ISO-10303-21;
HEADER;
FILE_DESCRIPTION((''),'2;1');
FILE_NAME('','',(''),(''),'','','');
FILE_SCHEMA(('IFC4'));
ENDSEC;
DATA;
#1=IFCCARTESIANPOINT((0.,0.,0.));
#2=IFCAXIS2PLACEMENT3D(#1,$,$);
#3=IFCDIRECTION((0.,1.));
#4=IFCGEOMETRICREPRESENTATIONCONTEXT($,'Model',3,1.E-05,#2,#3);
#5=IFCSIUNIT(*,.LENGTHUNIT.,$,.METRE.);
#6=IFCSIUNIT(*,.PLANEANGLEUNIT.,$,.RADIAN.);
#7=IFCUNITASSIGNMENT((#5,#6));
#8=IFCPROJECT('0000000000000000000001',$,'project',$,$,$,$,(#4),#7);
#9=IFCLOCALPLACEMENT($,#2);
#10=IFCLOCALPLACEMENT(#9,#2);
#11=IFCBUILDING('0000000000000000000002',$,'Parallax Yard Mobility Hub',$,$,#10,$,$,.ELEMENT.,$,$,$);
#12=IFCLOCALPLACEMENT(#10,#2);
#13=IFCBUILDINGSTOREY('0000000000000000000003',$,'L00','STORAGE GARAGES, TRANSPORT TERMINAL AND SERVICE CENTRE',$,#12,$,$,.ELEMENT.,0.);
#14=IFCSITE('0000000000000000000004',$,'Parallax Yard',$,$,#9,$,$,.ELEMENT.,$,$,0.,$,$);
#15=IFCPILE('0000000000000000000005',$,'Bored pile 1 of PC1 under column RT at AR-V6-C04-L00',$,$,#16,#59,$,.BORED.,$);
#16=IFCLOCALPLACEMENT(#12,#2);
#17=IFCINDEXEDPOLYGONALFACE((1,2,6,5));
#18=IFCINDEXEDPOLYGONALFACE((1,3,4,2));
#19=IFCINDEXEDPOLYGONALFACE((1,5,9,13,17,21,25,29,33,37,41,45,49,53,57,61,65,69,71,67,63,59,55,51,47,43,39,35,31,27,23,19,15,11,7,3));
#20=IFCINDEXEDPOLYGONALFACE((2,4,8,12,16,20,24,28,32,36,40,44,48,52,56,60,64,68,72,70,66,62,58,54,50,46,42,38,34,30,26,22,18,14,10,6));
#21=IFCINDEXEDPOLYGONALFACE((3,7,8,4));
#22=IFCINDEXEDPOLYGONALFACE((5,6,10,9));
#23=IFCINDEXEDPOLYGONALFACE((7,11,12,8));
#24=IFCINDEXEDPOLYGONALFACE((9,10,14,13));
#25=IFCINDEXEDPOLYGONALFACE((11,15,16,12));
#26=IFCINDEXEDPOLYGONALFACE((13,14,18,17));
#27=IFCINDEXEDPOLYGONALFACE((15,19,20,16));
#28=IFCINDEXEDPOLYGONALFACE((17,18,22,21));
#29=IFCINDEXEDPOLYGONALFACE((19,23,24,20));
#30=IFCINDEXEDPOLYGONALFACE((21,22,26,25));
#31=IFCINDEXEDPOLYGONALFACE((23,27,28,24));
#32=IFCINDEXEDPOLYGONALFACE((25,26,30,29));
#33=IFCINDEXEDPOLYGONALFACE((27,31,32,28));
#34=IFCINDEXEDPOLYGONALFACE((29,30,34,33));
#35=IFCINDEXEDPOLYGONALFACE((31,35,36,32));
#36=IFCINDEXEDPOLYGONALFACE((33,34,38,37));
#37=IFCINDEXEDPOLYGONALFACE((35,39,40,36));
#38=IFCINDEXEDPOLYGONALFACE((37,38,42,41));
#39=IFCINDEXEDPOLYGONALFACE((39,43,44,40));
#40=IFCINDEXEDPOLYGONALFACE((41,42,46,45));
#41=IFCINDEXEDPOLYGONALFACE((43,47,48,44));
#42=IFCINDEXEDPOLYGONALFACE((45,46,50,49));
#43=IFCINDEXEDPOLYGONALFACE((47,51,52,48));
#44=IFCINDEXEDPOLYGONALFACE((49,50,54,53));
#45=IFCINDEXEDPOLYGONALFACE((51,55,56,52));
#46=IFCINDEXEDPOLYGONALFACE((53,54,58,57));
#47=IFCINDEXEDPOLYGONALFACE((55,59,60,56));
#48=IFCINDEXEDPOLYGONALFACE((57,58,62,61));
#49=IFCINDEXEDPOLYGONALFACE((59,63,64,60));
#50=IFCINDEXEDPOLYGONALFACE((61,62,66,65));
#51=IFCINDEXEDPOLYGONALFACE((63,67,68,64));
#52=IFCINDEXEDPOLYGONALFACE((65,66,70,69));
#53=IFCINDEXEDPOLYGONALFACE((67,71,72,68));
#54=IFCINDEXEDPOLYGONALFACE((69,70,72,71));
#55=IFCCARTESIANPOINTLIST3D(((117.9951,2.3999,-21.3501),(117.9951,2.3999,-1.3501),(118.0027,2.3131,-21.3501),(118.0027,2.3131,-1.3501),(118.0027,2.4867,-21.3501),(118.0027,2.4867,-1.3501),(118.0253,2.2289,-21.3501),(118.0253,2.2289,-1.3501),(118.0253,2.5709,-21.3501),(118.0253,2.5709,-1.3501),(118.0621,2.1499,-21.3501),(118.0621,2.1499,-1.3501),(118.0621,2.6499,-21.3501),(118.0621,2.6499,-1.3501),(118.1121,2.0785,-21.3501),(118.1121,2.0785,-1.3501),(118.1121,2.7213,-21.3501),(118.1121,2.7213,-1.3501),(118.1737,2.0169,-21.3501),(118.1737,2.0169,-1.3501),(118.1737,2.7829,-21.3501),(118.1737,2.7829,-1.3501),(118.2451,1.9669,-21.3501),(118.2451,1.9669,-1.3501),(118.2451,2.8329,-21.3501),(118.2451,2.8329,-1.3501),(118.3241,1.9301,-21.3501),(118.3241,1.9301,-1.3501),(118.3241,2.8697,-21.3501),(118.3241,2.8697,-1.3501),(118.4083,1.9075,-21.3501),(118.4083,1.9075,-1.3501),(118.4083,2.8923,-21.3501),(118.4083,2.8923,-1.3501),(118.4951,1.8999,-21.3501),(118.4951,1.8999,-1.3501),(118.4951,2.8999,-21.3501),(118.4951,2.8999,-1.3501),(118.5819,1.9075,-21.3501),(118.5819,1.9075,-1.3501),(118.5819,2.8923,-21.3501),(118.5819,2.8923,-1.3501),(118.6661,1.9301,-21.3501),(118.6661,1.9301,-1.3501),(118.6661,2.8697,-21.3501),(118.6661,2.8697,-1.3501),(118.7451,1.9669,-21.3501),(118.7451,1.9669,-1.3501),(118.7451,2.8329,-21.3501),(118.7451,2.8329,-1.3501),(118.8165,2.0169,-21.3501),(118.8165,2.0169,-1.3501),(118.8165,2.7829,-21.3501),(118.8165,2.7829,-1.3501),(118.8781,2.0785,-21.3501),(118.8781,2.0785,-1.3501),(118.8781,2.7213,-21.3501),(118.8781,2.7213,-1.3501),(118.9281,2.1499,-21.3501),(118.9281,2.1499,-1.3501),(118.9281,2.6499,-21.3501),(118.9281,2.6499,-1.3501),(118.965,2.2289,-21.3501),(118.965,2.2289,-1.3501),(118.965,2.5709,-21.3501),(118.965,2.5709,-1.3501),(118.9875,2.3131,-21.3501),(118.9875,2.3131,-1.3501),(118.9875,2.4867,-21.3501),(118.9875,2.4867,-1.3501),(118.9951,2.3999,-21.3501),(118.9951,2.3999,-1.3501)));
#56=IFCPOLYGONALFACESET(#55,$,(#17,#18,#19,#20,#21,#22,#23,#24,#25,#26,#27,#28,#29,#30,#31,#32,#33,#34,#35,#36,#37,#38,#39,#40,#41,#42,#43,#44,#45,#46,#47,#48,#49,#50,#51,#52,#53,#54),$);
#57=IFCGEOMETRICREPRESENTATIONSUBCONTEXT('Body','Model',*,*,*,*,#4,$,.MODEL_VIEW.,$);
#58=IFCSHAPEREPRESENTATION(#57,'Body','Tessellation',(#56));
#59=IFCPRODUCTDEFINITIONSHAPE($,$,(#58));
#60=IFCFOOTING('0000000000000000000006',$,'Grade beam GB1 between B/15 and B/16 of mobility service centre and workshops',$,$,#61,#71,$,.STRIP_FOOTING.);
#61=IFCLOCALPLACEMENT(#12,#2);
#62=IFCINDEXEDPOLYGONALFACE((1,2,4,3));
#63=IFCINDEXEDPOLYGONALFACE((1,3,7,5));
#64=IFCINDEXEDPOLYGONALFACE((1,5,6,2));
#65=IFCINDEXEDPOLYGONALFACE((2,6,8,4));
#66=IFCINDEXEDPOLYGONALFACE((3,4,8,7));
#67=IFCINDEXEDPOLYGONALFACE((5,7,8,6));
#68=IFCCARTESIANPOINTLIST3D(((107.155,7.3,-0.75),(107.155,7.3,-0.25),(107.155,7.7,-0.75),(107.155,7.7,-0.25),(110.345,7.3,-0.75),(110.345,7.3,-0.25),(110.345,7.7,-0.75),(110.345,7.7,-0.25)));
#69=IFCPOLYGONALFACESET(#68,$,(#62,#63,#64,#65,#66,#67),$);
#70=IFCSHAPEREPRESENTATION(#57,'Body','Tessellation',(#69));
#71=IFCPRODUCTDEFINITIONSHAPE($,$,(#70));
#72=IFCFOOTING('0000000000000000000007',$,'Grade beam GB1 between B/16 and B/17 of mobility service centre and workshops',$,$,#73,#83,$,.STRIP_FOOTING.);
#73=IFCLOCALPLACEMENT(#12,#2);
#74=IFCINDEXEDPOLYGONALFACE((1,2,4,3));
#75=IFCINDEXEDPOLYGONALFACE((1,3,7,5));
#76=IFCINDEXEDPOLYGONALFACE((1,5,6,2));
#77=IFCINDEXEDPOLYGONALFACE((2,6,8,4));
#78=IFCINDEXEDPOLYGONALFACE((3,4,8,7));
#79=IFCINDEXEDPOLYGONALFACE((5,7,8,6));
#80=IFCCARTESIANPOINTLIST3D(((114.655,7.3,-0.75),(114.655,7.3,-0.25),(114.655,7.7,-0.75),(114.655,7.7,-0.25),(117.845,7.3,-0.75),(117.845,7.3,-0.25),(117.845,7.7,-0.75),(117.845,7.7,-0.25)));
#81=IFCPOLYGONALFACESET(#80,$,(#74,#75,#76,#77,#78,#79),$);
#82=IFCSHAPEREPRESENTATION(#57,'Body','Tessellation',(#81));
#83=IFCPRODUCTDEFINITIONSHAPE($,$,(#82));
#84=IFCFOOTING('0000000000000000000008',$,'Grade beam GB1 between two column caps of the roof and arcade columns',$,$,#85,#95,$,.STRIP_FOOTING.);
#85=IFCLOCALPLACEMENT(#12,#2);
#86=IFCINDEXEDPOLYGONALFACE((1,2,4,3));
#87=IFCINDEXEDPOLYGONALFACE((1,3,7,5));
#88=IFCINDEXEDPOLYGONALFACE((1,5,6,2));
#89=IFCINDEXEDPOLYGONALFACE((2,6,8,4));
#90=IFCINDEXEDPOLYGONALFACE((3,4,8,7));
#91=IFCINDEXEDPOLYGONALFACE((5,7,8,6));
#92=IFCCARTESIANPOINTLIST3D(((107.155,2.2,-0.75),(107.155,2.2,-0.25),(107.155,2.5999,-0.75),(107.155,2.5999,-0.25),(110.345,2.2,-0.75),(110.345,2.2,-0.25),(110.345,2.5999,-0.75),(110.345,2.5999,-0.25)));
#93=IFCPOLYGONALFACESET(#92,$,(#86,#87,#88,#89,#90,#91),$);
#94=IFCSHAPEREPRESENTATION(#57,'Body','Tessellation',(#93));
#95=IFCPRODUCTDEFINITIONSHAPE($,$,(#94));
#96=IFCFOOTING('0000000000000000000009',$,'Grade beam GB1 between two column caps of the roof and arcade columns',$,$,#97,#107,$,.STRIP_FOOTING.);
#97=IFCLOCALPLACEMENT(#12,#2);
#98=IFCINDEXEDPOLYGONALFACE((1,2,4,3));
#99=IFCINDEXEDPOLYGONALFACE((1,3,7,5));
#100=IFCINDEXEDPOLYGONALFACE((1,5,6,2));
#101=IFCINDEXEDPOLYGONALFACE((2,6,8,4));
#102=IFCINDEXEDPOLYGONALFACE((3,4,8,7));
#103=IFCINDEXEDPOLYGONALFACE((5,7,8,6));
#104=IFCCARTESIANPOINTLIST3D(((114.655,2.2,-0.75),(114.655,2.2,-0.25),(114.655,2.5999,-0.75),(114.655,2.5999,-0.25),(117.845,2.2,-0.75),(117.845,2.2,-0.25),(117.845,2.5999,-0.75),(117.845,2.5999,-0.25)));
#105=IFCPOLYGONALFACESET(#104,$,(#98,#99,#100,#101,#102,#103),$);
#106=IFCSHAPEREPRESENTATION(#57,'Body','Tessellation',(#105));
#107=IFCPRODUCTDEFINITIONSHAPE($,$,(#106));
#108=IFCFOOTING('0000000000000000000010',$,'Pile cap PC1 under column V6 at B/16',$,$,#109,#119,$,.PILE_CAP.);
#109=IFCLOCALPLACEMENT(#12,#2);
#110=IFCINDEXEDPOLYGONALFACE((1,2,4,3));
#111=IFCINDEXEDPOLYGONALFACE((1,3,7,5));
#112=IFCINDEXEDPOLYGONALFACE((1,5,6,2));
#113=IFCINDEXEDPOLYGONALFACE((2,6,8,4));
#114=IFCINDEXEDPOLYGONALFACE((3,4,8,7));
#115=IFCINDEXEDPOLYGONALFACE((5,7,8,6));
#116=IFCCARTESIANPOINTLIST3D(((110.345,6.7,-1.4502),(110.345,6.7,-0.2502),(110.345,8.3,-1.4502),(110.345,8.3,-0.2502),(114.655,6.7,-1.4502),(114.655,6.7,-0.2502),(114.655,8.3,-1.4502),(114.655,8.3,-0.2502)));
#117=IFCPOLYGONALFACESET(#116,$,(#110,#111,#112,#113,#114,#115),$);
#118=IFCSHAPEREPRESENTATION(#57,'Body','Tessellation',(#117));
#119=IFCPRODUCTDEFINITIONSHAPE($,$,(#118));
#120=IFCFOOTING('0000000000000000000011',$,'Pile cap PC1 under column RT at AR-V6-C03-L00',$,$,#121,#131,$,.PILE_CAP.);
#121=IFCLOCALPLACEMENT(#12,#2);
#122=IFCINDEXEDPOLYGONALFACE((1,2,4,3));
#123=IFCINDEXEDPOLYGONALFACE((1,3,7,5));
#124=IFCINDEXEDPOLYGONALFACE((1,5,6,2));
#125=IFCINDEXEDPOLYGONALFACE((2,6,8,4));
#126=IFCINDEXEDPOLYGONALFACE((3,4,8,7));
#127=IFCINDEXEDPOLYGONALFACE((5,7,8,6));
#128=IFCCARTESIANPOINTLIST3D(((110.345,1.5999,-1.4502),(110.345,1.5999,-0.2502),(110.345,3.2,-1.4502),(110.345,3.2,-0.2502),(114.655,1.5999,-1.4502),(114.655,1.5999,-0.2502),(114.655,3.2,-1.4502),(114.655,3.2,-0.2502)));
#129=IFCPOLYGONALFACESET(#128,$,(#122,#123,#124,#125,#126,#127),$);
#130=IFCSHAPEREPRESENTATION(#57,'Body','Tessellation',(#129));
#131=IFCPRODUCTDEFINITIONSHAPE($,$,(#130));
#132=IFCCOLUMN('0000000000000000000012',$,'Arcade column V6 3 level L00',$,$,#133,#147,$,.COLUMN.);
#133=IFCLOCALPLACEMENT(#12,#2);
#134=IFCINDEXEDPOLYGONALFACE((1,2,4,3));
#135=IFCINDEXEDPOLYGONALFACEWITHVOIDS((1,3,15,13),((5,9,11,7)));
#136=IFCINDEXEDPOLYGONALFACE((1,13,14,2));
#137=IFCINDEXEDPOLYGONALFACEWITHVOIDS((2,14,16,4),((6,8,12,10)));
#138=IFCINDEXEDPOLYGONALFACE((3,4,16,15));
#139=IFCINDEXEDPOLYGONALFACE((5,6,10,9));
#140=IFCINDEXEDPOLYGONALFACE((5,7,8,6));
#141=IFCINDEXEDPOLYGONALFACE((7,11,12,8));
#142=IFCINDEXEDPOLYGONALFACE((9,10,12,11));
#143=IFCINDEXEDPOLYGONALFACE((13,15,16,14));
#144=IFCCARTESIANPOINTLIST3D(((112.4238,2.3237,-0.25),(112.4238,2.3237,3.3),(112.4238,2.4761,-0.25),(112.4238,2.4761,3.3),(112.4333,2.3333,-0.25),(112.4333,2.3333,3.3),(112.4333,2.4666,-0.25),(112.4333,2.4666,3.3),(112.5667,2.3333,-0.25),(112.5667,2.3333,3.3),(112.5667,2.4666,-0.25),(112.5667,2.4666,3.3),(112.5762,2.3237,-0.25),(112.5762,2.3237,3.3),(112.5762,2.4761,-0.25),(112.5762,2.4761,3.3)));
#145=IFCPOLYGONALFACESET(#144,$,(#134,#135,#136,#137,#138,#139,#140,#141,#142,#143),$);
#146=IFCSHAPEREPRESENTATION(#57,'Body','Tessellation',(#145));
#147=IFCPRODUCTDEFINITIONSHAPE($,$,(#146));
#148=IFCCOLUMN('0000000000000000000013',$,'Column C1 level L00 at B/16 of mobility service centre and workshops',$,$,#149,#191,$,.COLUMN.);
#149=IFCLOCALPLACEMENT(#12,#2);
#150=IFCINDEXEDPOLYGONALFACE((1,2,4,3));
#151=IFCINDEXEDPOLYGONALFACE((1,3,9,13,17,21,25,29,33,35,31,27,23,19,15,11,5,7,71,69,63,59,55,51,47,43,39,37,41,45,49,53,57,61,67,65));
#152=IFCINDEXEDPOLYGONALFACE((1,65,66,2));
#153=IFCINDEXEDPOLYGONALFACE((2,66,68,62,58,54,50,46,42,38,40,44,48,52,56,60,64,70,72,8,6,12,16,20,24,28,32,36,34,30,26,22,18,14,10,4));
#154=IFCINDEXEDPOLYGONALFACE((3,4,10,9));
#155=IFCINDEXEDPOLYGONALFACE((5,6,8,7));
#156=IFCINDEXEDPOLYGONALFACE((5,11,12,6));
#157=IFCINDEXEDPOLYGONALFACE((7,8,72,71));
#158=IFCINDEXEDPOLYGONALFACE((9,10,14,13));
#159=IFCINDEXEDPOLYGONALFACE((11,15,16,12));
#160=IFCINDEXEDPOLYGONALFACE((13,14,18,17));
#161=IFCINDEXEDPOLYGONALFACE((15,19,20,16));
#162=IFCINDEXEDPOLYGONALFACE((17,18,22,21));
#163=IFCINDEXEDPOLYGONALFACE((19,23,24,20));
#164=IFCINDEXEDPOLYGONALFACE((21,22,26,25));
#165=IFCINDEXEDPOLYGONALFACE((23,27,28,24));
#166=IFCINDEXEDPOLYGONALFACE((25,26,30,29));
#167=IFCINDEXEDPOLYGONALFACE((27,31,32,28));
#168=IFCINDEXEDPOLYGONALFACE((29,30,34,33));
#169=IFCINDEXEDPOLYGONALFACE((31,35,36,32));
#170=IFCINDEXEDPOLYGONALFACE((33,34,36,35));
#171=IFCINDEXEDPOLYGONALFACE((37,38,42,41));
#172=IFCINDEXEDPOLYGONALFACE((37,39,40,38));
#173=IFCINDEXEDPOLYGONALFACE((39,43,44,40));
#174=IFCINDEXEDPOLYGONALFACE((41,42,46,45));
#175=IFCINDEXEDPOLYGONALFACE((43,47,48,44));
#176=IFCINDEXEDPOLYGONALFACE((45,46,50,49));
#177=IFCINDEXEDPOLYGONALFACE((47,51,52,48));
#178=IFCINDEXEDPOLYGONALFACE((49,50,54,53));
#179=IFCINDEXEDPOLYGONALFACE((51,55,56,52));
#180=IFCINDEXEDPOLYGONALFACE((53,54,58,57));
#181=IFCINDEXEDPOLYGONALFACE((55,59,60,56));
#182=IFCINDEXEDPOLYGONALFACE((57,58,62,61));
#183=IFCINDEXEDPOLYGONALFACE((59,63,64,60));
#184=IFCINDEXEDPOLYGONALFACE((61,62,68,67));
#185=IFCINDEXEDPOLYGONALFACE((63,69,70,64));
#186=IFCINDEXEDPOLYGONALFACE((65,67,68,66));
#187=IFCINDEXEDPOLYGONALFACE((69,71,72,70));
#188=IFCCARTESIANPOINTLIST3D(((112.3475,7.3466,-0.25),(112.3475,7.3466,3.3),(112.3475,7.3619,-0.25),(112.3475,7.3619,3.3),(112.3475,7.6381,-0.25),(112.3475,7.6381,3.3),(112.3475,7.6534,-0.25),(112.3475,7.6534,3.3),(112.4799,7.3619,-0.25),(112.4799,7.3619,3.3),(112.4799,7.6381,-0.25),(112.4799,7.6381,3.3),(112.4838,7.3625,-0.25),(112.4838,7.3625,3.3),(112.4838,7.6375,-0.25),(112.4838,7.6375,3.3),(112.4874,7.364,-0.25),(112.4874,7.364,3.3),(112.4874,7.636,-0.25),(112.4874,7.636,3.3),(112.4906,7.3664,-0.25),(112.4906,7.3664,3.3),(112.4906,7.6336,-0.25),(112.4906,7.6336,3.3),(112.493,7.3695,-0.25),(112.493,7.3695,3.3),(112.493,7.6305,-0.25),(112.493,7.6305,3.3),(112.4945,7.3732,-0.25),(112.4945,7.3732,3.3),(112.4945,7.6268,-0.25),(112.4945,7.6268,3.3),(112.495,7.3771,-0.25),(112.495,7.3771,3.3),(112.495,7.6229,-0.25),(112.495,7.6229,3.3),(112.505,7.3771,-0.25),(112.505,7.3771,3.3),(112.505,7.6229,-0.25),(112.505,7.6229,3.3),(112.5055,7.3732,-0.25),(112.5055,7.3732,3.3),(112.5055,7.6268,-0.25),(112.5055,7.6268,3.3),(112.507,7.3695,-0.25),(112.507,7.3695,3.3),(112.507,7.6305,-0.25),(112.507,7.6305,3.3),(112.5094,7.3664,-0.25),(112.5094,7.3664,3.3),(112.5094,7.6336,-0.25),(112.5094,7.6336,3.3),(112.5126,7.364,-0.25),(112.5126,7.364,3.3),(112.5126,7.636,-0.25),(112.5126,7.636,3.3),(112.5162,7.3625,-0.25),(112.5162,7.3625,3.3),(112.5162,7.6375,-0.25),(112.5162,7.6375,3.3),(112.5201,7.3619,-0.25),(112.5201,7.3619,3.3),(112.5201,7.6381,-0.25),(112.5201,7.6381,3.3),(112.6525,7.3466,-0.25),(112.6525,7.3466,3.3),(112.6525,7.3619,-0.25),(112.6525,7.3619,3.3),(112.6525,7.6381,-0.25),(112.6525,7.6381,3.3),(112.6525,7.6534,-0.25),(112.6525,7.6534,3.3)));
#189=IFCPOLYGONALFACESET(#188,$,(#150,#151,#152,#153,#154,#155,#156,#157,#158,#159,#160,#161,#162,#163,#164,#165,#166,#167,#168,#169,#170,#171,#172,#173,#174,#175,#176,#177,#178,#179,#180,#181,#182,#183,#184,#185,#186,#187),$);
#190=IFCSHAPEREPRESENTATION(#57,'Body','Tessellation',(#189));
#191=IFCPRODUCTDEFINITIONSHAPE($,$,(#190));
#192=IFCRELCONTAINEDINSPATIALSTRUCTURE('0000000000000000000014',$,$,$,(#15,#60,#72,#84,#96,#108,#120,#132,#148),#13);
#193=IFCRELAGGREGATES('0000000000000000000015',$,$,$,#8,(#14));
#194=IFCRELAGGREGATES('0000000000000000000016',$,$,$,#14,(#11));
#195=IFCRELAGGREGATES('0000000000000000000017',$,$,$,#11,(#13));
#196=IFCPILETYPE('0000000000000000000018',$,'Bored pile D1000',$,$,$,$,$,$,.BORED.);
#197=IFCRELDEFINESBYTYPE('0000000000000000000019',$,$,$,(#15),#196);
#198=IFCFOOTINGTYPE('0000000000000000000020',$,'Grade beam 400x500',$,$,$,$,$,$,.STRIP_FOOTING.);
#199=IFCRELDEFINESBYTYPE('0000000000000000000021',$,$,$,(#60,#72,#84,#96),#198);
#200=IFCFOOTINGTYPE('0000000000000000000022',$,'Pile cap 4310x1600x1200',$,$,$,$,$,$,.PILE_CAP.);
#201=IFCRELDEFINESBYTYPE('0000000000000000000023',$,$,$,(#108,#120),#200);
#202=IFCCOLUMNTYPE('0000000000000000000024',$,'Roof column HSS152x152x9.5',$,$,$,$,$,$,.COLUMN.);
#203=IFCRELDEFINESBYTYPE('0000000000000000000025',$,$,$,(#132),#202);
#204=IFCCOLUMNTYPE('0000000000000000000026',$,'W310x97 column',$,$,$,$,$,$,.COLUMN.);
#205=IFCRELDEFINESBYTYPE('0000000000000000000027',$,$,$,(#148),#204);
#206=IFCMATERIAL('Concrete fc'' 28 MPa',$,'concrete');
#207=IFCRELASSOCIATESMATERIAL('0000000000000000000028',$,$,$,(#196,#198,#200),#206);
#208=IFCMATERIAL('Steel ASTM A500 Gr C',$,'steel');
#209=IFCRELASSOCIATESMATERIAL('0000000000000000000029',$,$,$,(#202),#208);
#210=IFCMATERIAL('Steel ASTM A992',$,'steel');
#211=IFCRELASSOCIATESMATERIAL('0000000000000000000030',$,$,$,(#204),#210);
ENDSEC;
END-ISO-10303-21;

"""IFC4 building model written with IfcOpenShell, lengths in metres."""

from ifc_helpers import new_model, si_unit, direction, frame, origin, origin_2d, place, context, subcontext, project, spatial, rectangle, hollow_rectangle, circle, i_section, extrude, material, material_profile, profile_set, type_object, element, save


model = new_model("IFC4")

# Units and contexts
model_context = context("Model", 3, precision=1e-05, world=origin(), true_north=direction((0.0, 1.0)))
body_context = subcontext(model_context, "Body", "Model", "MODEL_VIEW")
ifc_project = project(units=[si_unit("LENGTHUNIT", "METRE"), si_unit("PLANEANGLEUNIT", "RADIAN")], contexts=[model_context])

# Site, building, storey
site_placement = place(None, origin())
site = spatial("IfcSite", under=ifc_project, at=site_placement, Name="Parallax Yard", CompositionType="ELEMENT", RefElevation=0.0)
building_placement = place(site_placement, origin())
building = spatial("IfcBuilding", under=site, at=building_placement, Name="Parallax Yard Mobility Hub", CompositionType="ELEMENT")
storey_placement = place(building_placement, origin())
storey = spatial("IfcBuildingStorey", under=building, at=storey_placement, Name="L00", Description="STORAGE GARAGES, TRANSPORT TERMINAL AND SERVICE CENTRE", CompositionType="ELEMENT", Elevation=0.0)

# Pile
ifc_material_1 = material(Name="Concrete fc' 28 MPa", Category="concrete")
ifc_material_profile_1 = material_profile(ifc_material_1, circle(Radius=0.5, at=origin_2d()), Name="Bored pile D1000")
ifc_profile_set_1 = profile_set([ifc_material_profile_1], Name="Concrete fc' 28 MPa")
pile_type = type_object("IfcPileType", Name="Bored pile D1000", PredefinedType="BORED", material=ifc_profile_set_1)
for number, where, z_axis, x_axis, name in (
    (1, (118.4951, 2.3999, -1.3501), (0.0, 0.0, -1.0), (1.0, 0.0, 0.0), "Bored pile 1 of PC1 under column RT at AR-V6-C04-L00"),
):
    element("IfcPile", number, at=place(storey_placement, frame(where, z_axis=z_axis, x_axis=x_axis)), inside=storey, type_object=pile_type, Name=name, PredefinedType="BORED", context=body_context, shape_type="SweptSolid", body=[
        extrude(circle(Radius=0.5, at=origin_2d()), origin(), (0.0, 0.0, 1.0), 20.0),
    ])

# Footings
ifc_material_profile_2 = material_profile(ifc_material_1, rectangle(XDim=0.3999, YDim=0.5, at=origin_2d()), Name="Grade beam 400x500")
ifc_profile_set_2 = profile_set([ifc_material_profile_2], Name="Concrete fc' 28 MPa")
footing_type_1 = type_object("IfcFootingType", Name="Grade beam 400x500", PredefinedType="STRIP_FOOTING", material=ifc_profile_set_2)
for number, where, z_axis, x_axis, name in (
    (2, (107.155, 7.5, -0.5), (1.0, 0.0, 0.0), (0.0, 1.0, 0.0), "Grade beam GB1 between B/15 and B/16 of mobility service centre and workshops"),
    (3, (114.655, 7.5, -0.5), (1.0, 0.0, 0.0), (0.0, 1.0, 0.0), "Grade beam GB1 between B/16 and B/17 of mobility service centre and workshops"),
    (4, (107.155, 2.3999, -0.5), (1.0, 0.0, 0.0), (0.0, 1.0, 0.0), "Grade beam GB1 between two column caps of the roof and arcade columns"),
    (5, (114.655, 2.3999, -0.5), (1.0, 0.0, 0.0), (0.0, 1.0, 0.0), "Grade beam GB1 between two column caps of the roof and arcade columns"),
):
    element("IfcFooting", number, at=place(storey_placement, frame(where, z_axis=z_axis, x_axis=x_axis)), inside=storey, type_object=footing_type_1, Name=name, PredefinedType="STRIP_FOOTING", context=body_context, shape_type="SweptSolid", body=[
        extrude(rectangle(XDim=0.3999, YDim=0.5, at=origin_2d()), origin(), (0.0, 0.0, 1.0), 3.1899),
    ])
footing_type_2 = type_object("IfcFootingType", Name="Pile cap 4310x1600x1200", PredefinedType="PILE_CAP", material=ifc_material_1)
for number, where, z_axis, x_axis, name in (
    (6, (112.5, 7.5, -1.4502), (0.0, 0.0, 1.0), (1.0, 0.0, 0.0), "Pile cap PC1 under column V6 at B/16"),
    (7, (112.5, 2.3999, -1.4502), (0.0, 0.0, 1.0), (1.0, 0.0, 0.0), "Pile cap PC1 under column RT at AR-V6-C03-L00"),
):
    element("IfcFooting", number, at=place(storey_placement, frame(where, z_axis=z_axis, x_axis=x_axis)), inside=storey, type_object=footing_type_2, Name=name, PredefinedType="PILE_CAP", context=body_context, shape_type="SweptSolid", body=[
        extrude(rectangle(XDim=4.3101, YDim=1.6001, at=origin_2d()), origin(), (0.0, 0.0, 1.0), 1.2),
    ])

# Columns
ifc_material_2 = material(Name="Steel ASTM A500 Gr C", Category="steel")
ifc_material_profile_3 = material_profile(ifc_material_2, hollow_rectangle(XDim=0.1523, YDim=0.1523, WallThickness=0.0095, at=origin_2d()), Name="HSS152x152x9.5")
ifc_profile_set_3 = profile_set([ifc_material_profile_3], Name="Steel ASTM A500 Gr C")
column_type_1 = type_object("IfcColumnType", Name="Roof column HSS152x152x9.5", PredefinedType="COLUMN", material=ifc_profile_set_3)
column_1_placement = place(storey_placement, frame((112.5, 2.3999, -0.25), z_axis=(0.0, 0.0, 1.0), x_axis=(1.0, 0.0, 0.0)))
element("IfcColumn", 8, at=column_1_placement, inside=storey, type_object=column_type_1, Name="Arcade column V6 3 level L00", PredefinedType="COLUMN", context=body_context, shape_type="SweptSolid", body=[
    extrude(hollow_rectangle(XDim=0.1523, YDim=0.1523, WallThickness=0.0095, at=origin_2d()), origin(), (0.0, 0.0, 1.0), 3.55),
])
ifc_material_3 = material(Name="Steel ASTM A992", Category="steel")
ifc_material_profile_4 = material_profile(ifc_material_3, i_section(OverallWidth=0.3049, OverallDepth=0.3069, WebThickness=0.01, FlangeThickness=0.0154, FilletRadius=0.0151, at=origin_2d()), Name="W310x97")
ifc_profile_set_4 = profile_set([ifc_material_profile_4], Name="Steel ASTM A992")
column_type_2 = type_object("IfcColumnType", Name="W310x97 column", PredefinedType="COLUMN", material=ifc_profile_set_4)
column_2_placement = place(storey_placement, frame((112.5, 7.5, -0.25), z_axis=(0.0, 0.0, 1.0), x_axis=(1.0, 0.0, 0.0)))
element("IfcColumn", 9, at=column_2_placement, inside=storey, type_object=column_type_2, Name="Column C1 level L00 at B/16 of mobility service centre and workshops", PredefinedType="COLUMN", context=body_context, shape_type="SweptSolid", body=[
    extrude(i_section(OverallWidth=0.3049, OverallDepth=0.3069, WebThickness=0.01, FlangeThickness=0.0154, FilletRadius=0.0151, at=origin_2d()), origin(), (0.0, 0.0, 1.0), 3.55),
])

save(model, "model.ifc")
